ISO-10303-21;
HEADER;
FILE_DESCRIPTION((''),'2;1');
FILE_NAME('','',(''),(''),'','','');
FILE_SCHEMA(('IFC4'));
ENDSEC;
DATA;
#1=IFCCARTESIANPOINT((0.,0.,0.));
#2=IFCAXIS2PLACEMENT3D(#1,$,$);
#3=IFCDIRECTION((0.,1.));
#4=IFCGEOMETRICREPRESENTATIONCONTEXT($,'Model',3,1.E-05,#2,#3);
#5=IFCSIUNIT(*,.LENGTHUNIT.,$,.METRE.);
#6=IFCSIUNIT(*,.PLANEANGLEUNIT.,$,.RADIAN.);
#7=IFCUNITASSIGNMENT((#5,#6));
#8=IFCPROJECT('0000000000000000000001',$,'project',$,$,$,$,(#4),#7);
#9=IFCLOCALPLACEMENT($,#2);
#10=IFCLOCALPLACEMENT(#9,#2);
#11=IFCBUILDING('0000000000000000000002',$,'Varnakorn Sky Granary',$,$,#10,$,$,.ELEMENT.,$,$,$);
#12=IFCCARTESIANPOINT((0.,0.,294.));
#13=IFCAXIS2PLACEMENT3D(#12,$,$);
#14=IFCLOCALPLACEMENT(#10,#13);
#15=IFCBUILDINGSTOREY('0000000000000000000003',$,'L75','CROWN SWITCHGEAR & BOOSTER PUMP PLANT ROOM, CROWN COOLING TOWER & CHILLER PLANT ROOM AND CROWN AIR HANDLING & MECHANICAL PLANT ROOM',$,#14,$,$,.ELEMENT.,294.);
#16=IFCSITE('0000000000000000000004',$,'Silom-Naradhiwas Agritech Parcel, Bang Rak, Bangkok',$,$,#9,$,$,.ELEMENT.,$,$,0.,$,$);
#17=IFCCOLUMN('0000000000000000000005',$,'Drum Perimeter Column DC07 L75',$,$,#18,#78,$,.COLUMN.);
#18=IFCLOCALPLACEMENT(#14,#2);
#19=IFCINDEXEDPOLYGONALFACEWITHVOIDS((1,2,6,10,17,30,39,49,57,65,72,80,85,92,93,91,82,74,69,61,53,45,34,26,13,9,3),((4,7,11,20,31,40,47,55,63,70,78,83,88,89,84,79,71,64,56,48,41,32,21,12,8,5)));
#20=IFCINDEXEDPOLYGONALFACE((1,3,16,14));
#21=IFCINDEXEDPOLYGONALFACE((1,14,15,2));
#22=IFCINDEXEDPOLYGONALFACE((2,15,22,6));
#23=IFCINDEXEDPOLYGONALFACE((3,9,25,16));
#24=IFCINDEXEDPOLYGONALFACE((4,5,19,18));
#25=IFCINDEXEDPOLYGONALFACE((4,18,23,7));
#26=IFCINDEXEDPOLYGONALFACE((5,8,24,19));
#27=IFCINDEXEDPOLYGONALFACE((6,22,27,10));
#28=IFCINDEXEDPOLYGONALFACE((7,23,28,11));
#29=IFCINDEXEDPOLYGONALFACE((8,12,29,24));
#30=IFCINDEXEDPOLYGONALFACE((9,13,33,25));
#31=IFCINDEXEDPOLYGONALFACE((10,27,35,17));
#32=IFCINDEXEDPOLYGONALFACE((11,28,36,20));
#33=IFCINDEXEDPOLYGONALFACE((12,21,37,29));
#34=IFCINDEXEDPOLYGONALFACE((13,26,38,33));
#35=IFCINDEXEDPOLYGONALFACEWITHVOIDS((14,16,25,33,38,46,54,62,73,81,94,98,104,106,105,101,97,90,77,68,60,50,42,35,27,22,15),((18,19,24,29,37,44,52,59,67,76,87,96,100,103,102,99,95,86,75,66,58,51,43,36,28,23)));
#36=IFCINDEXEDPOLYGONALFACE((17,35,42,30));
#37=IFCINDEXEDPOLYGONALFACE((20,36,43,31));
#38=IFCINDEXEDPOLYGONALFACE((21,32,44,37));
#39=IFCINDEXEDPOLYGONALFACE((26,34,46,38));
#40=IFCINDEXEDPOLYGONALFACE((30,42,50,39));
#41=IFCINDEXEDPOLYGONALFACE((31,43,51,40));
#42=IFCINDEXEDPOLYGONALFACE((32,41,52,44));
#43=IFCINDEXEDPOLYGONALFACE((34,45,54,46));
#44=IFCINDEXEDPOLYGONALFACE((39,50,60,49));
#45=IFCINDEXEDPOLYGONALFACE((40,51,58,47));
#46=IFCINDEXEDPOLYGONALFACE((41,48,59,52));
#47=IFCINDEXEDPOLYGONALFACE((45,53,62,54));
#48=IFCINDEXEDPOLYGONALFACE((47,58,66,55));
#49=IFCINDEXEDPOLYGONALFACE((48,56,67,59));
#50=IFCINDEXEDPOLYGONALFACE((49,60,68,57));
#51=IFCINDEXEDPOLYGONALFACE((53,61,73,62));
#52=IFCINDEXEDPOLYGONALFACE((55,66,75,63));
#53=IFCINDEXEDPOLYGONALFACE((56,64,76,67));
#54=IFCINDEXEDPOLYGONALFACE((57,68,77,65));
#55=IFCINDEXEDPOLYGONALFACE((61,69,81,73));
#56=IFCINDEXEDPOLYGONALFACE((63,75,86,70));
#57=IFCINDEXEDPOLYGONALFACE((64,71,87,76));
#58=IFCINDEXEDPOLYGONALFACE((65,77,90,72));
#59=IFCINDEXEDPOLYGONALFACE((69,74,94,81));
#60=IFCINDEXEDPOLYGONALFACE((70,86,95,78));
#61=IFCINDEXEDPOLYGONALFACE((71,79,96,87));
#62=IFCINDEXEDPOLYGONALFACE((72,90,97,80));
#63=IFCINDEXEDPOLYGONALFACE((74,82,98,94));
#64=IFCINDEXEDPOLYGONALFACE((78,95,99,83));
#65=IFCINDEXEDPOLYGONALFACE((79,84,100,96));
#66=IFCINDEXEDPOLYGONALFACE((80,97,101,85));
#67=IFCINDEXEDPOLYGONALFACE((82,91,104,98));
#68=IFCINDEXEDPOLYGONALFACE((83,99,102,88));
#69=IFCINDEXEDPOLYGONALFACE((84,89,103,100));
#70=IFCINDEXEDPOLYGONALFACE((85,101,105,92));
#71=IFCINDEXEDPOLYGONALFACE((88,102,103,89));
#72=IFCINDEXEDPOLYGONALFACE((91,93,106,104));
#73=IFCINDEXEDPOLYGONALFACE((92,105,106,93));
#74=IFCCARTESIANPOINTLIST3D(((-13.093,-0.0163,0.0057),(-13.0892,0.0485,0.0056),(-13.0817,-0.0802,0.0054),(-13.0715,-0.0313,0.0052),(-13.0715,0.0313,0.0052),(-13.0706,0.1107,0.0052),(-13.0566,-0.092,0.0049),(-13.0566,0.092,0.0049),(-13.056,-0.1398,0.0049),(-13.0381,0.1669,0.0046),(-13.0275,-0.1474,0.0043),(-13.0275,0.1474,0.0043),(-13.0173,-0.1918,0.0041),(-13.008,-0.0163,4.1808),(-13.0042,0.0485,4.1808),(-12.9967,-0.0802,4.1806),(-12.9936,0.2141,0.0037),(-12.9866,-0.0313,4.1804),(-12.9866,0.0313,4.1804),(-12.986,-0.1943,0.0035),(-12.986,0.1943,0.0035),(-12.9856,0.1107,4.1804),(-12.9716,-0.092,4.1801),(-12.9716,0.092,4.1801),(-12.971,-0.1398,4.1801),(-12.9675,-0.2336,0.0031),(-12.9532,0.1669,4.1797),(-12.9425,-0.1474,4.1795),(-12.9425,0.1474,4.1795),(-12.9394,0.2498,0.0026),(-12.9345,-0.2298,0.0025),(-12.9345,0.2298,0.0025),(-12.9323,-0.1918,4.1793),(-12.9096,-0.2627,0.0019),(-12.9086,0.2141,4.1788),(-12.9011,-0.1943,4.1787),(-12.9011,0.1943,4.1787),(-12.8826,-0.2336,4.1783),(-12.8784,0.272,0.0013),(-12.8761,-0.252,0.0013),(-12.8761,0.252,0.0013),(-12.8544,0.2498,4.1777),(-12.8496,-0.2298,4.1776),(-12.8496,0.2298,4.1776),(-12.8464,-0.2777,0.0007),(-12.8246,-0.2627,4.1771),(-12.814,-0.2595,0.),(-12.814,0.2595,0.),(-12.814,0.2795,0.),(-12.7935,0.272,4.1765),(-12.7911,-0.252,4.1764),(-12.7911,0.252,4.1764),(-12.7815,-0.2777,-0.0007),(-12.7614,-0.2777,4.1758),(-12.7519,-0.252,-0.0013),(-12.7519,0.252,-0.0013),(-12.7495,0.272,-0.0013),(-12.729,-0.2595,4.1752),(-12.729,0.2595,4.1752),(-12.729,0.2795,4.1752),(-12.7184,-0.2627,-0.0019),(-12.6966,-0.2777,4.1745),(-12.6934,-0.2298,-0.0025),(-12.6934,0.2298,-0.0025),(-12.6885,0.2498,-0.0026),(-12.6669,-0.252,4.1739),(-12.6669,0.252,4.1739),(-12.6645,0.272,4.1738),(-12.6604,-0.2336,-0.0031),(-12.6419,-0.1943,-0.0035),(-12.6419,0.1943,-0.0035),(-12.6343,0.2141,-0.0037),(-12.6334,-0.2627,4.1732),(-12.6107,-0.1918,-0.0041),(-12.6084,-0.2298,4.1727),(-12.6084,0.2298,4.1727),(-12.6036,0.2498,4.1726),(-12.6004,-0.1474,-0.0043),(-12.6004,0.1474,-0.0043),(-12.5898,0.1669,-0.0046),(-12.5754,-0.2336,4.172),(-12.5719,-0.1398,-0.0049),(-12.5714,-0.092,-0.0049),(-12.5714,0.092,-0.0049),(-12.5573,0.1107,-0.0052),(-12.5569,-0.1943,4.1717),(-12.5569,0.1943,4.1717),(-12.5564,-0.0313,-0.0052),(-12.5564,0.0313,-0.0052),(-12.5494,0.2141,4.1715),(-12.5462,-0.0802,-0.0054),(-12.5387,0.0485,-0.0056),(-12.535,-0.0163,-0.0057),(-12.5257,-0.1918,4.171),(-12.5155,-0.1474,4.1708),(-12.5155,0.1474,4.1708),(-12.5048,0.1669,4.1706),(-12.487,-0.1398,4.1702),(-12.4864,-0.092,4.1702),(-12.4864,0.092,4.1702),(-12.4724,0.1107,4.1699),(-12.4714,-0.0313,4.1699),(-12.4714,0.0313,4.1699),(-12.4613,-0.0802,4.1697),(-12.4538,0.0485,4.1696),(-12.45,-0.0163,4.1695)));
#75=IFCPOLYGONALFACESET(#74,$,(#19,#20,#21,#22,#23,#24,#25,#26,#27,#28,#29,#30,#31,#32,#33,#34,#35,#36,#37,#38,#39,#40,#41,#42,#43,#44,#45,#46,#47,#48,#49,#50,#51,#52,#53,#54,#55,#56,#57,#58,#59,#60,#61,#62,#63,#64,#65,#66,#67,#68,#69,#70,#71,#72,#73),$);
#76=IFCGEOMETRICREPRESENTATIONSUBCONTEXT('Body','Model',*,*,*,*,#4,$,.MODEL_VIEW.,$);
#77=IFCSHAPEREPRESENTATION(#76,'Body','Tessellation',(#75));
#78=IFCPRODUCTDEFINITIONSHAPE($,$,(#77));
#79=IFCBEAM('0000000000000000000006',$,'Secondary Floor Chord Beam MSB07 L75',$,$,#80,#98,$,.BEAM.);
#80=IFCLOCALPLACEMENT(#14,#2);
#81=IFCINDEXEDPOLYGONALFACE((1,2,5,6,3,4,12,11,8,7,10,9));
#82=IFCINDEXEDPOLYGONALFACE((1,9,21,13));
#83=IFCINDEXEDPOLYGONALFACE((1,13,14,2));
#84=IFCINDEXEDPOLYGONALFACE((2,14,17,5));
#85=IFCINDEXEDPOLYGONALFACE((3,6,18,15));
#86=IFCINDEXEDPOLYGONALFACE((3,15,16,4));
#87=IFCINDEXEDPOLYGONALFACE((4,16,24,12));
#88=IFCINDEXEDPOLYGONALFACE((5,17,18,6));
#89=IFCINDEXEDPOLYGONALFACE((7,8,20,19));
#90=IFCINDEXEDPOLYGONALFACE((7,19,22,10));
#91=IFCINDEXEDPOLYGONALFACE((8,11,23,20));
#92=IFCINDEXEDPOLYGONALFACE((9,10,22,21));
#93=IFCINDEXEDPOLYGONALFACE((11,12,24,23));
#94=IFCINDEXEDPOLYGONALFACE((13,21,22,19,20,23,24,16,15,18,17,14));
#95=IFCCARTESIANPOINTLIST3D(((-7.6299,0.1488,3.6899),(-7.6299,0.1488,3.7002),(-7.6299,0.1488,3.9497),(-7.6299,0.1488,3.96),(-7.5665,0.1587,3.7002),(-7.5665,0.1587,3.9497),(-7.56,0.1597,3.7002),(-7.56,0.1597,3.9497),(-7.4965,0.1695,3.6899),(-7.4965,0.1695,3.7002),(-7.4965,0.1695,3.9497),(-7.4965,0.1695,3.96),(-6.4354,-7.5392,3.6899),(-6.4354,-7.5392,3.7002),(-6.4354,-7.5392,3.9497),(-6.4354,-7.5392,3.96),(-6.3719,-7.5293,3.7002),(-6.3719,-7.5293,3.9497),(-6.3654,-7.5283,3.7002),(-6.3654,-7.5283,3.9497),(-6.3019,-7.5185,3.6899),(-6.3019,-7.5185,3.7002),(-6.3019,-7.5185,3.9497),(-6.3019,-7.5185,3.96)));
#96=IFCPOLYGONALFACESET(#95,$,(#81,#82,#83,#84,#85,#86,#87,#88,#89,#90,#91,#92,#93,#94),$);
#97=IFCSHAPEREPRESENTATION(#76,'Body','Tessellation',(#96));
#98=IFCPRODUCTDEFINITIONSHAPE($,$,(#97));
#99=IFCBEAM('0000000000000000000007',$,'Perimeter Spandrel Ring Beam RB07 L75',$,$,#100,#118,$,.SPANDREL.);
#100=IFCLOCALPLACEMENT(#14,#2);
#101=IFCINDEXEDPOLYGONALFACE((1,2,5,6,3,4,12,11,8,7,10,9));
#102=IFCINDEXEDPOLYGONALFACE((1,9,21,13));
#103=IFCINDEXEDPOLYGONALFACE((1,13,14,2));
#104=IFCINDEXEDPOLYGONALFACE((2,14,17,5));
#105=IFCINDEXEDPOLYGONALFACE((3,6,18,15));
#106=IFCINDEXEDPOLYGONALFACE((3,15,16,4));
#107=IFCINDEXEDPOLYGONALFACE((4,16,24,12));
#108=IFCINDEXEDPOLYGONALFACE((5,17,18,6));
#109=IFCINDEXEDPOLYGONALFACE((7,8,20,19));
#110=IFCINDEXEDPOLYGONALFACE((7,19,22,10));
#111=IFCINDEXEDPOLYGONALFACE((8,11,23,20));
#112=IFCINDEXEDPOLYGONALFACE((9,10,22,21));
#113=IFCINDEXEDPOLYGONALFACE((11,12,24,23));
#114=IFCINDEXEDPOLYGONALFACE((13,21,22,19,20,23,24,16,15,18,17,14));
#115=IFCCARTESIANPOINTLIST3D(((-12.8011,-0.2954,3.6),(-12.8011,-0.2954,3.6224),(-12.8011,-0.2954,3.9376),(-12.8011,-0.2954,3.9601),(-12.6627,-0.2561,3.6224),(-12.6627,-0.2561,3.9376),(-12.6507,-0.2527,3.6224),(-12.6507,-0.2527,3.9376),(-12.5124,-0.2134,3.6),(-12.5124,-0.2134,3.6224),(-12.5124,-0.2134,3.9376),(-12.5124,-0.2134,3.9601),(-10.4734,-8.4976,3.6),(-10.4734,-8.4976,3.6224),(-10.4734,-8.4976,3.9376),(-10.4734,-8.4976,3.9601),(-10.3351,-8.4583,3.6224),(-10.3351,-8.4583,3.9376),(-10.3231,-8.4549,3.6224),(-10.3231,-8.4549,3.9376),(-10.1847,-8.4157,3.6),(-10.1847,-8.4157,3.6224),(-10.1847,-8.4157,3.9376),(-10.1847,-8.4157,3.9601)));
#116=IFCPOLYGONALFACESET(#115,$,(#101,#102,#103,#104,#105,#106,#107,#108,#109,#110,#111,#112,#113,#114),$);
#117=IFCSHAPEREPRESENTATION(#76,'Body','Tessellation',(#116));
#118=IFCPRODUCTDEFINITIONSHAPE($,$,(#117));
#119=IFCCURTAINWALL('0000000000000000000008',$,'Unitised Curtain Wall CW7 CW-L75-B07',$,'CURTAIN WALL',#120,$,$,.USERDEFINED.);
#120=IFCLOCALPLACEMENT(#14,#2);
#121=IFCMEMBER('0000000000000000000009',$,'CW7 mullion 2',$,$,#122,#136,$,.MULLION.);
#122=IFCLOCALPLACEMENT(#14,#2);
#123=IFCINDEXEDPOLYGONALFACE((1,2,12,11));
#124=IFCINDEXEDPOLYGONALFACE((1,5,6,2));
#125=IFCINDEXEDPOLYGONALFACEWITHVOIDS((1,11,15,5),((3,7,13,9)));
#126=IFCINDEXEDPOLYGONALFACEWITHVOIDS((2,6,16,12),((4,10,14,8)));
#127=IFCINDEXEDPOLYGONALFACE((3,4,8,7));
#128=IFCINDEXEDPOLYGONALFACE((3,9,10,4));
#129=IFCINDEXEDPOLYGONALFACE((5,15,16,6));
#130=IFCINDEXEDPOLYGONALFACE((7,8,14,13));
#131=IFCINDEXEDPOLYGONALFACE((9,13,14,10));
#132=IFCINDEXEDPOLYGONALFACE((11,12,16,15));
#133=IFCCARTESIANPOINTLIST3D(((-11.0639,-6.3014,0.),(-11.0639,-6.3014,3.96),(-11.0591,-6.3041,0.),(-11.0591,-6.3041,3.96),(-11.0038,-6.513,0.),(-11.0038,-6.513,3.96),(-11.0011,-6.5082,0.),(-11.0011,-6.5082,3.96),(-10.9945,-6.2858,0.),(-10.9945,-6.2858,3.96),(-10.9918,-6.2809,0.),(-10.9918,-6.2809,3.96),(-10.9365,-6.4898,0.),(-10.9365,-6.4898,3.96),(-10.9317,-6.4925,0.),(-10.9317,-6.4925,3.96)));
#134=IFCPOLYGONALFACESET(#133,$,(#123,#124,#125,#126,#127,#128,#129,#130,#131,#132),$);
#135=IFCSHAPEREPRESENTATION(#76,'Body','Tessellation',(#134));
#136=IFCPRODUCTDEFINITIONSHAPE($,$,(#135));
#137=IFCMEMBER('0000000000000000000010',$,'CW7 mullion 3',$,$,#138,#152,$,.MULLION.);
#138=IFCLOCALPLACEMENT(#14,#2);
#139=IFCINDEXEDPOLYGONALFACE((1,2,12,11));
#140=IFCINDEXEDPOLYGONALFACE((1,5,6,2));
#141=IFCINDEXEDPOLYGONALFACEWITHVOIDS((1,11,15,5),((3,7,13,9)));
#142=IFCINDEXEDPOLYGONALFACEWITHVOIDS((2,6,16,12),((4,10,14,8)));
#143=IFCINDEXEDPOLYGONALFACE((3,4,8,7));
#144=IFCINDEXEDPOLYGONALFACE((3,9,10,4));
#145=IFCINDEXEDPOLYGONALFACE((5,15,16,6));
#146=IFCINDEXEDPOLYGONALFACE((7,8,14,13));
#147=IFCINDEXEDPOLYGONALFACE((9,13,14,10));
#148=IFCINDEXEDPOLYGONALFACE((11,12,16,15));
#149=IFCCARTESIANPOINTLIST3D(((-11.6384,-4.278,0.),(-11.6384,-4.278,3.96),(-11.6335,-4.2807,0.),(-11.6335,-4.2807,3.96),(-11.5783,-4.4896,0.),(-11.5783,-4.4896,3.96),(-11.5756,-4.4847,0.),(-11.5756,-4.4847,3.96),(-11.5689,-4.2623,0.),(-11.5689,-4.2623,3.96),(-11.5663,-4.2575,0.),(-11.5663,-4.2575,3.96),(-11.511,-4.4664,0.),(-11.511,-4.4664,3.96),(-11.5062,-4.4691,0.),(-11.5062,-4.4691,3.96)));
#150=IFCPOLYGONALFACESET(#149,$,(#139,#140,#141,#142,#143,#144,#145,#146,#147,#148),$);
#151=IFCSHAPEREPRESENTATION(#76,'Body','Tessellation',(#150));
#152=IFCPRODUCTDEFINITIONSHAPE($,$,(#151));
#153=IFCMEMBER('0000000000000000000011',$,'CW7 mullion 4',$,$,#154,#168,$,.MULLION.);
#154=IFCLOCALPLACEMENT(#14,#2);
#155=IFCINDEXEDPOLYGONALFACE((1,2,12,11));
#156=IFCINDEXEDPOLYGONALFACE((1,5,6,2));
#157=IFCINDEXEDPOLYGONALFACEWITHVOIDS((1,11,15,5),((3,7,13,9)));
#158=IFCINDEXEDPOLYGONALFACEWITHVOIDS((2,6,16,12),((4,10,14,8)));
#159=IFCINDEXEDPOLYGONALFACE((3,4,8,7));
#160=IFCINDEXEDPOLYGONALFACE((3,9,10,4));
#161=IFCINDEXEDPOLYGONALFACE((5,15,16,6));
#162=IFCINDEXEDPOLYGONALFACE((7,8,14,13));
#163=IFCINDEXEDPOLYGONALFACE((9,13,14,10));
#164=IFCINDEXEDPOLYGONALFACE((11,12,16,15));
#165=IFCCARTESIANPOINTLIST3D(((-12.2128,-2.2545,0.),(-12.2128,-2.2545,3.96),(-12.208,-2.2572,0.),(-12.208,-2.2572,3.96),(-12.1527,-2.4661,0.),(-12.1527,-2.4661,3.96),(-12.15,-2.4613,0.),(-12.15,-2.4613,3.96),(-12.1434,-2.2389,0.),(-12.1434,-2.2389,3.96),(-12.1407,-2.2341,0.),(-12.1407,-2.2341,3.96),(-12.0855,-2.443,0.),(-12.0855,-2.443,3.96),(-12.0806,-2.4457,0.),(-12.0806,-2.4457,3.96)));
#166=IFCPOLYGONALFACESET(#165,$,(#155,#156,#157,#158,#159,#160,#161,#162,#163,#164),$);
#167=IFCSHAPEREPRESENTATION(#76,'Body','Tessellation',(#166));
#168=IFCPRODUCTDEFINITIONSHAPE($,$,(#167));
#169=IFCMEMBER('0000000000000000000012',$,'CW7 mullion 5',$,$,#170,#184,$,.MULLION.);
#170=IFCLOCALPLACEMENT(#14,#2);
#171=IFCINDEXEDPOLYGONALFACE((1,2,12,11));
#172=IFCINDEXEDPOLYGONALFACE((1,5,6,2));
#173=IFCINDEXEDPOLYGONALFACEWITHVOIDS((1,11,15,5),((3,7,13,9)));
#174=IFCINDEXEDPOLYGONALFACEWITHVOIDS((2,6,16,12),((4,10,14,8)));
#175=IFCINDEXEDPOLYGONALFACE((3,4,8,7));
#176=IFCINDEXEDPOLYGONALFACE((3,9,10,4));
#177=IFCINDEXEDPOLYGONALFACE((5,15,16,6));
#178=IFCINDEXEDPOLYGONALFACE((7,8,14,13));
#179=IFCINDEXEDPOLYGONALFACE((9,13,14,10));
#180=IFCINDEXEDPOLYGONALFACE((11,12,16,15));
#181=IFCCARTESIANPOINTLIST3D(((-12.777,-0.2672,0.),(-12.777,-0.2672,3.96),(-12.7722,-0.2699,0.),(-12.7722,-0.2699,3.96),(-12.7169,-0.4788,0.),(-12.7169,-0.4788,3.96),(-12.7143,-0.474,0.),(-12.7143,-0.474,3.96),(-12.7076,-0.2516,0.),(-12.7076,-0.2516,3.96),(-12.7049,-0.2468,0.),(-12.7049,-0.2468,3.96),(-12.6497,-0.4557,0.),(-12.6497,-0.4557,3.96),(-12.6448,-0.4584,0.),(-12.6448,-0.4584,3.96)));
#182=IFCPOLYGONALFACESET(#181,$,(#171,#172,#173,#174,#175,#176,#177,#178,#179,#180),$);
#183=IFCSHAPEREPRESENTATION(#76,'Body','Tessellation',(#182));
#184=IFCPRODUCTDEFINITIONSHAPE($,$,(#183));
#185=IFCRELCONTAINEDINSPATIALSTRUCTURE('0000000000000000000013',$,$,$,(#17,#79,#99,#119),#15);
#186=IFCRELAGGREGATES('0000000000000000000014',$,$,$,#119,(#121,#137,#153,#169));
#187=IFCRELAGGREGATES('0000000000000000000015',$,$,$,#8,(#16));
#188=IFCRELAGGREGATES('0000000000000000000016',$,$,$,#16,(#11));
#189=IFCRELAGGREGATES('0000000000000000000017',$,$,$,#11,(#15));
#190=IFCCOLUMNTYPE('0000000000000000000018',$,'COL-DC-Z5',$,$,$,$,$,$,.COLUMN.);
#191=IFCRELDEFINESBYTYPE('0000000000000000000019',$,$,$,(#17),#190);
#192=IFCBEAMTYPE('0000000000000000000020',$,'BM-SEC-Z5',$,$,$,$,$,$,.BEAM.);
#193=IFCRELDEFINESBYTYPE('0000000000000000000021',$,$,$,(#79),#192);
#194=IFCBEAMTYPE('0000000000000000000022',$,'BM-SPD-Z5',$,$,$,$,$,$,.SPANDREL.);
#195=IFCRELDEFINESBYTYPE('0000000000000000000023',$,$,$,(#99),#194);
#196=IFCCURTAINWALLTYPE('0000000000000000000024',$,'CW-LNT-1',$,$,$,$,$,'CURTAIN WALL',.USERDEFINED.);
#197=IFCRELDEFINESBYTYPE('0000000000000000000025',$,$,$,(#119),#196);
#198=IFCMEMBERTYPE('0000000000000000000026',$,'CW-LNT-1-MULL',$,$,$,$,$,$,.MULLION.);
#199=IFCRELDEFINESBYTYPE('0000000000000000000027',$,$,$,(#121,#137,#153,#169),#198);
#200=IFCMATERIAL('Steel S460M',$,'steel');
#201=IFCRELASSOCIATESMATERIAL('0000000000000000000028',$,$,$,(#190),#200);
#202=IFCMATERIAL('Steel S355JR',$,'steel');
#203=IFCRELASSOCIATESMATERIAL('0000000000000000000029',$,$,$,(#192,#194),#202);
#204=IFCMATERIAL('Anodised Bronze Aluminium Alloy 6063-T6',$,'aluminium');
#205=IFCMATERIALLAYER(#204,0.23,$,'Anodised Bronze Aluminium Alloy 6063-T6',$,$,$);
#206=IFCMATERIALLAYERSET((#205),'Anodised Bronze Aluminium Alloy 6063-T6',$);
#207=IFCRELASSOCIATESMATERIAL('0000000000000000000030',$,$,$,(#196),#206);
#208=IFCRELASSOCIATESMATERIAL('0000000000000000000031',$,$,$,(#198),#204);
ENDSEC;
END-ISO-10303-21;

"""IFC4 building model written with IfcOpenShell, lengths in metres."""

from ifc_helpers import new_model, si_unit, direction, frame, origin, origin_2d, place, context, subcontext, project, spatial, hollow_rectangle, hollow_circle, i_section, extrude, material, layer, layer_set, material_profile, profile_set, type_object, element, aggregate, save


model = new_model("IFC4")

# Units and contexts
model_context = context("Model", 3, precision=1e-05, world=origin(), true_north=direction((0.0, 1.0)))
body_context = subcontext(model_context, "Body", "Model", "MODEL_VIEW")
ifc_project = project(units=[si_unit("LENGTHUNIT", "METRE"), si_unit("PLANEANGLEUNIT", "RADIAN")], contexts=[model_context])

# Site, building, storey
site_placement = place(None, origin())
site = spatial("IfcSite", under=ifc_project, at=site_placement, Name="Silom-Naradhiwas Agritech Parcel, Bang Rak, Bangkok", CompositionType="ELEMENT", RefElevation=0.0)
building_placement = place(site_placement, origin())
building = spatial("IfcBuilding", under=site, at=building_placement, Name="Varnakorn Sky Granary", CompositionType="ELEMENT")
storey_placement = place(building_placement, frame((0.0, 0.0, 294.0)))
storey = spatial("IfcBuildingStorey", under=building, at=storey_placement, Name="L75", Description="CROWN SWITCHGEAR & BOOSTER PUMP PLANT ROOM, CROWN COOLING TOWER & CHILLER PLANT ROOM AND CROWN AIR HANDLING & MECHANICAL PLANT ROOM", CompositionType="ELEMENT", Elevation=294.0)

# Column
ifc_material_1 = material(Name="Steel S460M", Category="steel")
ifc_material_profile_1 = material_profile(ifc_material_1, hollow_circle(Radius=0.2795, WallThickness=0.02, at=origin_2d()), Name="CHS 559x20")
ifc_profile_set_1 = profile_set([ifc_material_profile_1], Name="Steel S460M")
column_type = type_object("IfcColumnType", Name="COL-DC-Z5", PredefinedType="COLUMN", material=ifc_profile_set_1)
column_placement = place(storey_placement, frame((-12.814, 0.0, 0.0), z_axis=(0.020345, 0.0, 0.999793), x_axis=(0.0, 1.0, 0.0)))
element("IfcColumn", 1, at=column_placement, inside=storey, type_object=column_type, Name="Drum Perimeter Column DC07 L75", PredefinedType="COLUMN", context=body_context, shape_type="SweptSolid", body=[
    extrude(hollow_circle(Radius=0.2795, WallThickness=0.02, at=origin_2d()), origin(), (0.0, 0.0, 1.0), 4.176),
])

# Beams
ifc_material_2 = material(Name="Steel S355JR", Category="steel")
ifc_material_profile_2 = material_profile(ifc_material_2, i_section(OverallWidth=0.135, OverallDepth=0.27, WebThickness=0.0066, FlangeThickness=0.0103, at=origin_2d()), Name="IPE 270")
ifc_profile_set_2 = profile_set([ifc_material_profile_2], Name="Steel S355JR")
beam_type_1 = type_object("IfcBeamType", Name="BM-SEC-Z5", PredefinedType="BEAM", material=ifc_profile_set_2)
beam_1_placement = place(storey_placement, frame((-7.5632, 0.1592, 3.825), z_axis=(0.15354, -0.988142, 0.0), x_axis=(0.988142, 0.15354, 0.0)))
element("IfcBeam", 2, at=beam_1_placement, inside=storey, type_object=beam_type_1, Name="Secondary Floor Chord Beam MSB07 L75", PredefinedType="BEAM", context=body_context, shape_type="SweptSolid", body=[
    extrude(i_section(OverallWidth=0.135, OverallDepth=0.27, WebThickness=0.0066, FlangeThickness=0.0103, at=origin_2d()), origin(), (0.0, 0.0, 1.0), 7.7803),
])
ifc_material_profile_3 = material_profile(ifc_material_2, i_section(OverallWidth=0.3, OverallDepth=0.3601, WebThickness=0.0125, FlangeThickness=0.0225, at=origin_2d()), Name="HE 360 B")
ifc_profile_set_3 = profile_set([ifc_material_profile_3], Name="Steel S355JR")
beam_type_2 = type_object("IfcBeamType", Name="BM-SPD-Z5", PredefinedType="SPANDREL", material=ifc_profile_set_3)
beam_2_placement = place(storey_placement, frame((-12.6567, -0.2544, 3.78), z_axis=(0.273004, -0.962013, 0.0), x_axis=(0.962013, 0.273004, 0.0)))
element("IfcBeam", 3, at=beam_2_placement, inside=storey, type_object=beam_type_2, Name="Perimeter Spandrel Ring Beam RB07 L75", PredefinedType="SPANDREL", context=body_context, shape_type="SweptSolid", body=[
    extrude(i_section(OverallWidth=0.3, OverallDepth=0.3601, WebThickness=0.0125, FlangeThickness=0.0225, at=origin_2d()), origin(), (0.0, 0.0, 1.0), 8.5261),
])

# Curtain wall, members
ifc_material_3 = material(Name="Anodised Bronze Aluminium Alloy 6063-T6", Category="aluminium")
ifc_layer_1 = layer(ifc_material_3, 0.23, Name="Anodised Bronze Aluminium Alloy 6063-T6")
ifc_layer_set_1 = layer_set([ifc_layer_1], Name="Anodised Bronze Aluminium Alloy 6063-T6")
curtain_wall_type = type_object("IfcCurtainWallType", Name="CW-LNT-1", ElementType="CURTAIN WALL", PredefinedType="USERDEFINED", material=ifc_layer_set_1)
curtain_wall_placement = place(storey_placement, origin())
curtain_wall = element("IfcCurtainWall", 4, at=curtain_wall_placement, inside=storey, type_object=curtain_wall_type, Name="Unitised Curtain Wall CW7 CW-L75-B07", ObjectType="CURTAIN WALL", PredefinedType="USERDEFINED")
ifc_material_profile_4 = material_profile(ifc_material_3, hollow_rectangle(XDim=0.075, YDim=0.22, WallThickness=0.0039, at=origin_2d()), Name="ALU MULL 75x220")
ifc_profile_set_4 = profile_set([ifc_material_profile_4], Name="Anodised Bronze Aluminium Alloy 6063-T6")
member_type_1 = type_object("IfcMemberType", Name="CW-LNT-1-MULL", PredefinedType="MULLION", material=ifc_profile_set_4)
member_1_placement = place(storey_placement, frame((-10.9978, -6.397, 0.0), z_axis=(0.0, 0.0, 1.0), x_axis=(-0.961978, -0.273126, 0.0)))
member_1 = element("IfcMember", 5, at=member_1_placement, type_object=member_type_1, Name="CW7 mullion 2", PredefinedType="MULLION", context=body_context, shape_type="SweptSolid", body=[
    extrude(hollow_rectangle(XDim=0.075, YDim=0.22, WallThickness=0.0039, at=origin_2d()), origin(), (0.0, 0.0, 1.0), 3.96),
])
member_2_placement = place(storey_placement, frame((-11.5723, -4.3735, 0.0), z_axis=(0.0, 0.0, 1.0), x_axis=(-0.961978, -0.273126, 0.0)))
member_2 = element("IfcMember", 6, at=member_2_placement, type_object=member_type_1, Name="CW7 mullion 3", PredefinedType="MULLION", context=body_context, shape_type="SweptSolid", body=[
    extrude(hollow_rectangle(XDim=0.075, YDim=0.22, WallThickness=0.0039, at=origin_2d()), origin(), (0.0, 0.0, 1.0), 3.96),
])
member_3_placement = place(storey_placement, frame((-12.1467, -2.3501, 0.0), z_axis=(0.0, 0.0, 1.0), x_axis=(-0.961978, -0.273126, 0.0)))
member_3 = element("IfcMember", 7, at=member_3_placement, type_object=member_type_1, Name="CW7 mullion 4", PredefinedType="MULLION", context=body_context, shape_type="SweptSolid", body=[
    extrude(hollow_rectangle(XDim=0.075, YDim=0.22, WallThickness=0.0039, at=origin_2d()), origin(), (0.0, 0.0, 1.0), 3.96),
])
member_4_placement = place(storey_placement, frame((-12.7109, -0.3628, 0.0), z_axis=(0.0, 0.0, 1.0), x_axis=(-0.961978, -0.273126, 0.0)))
member_4 = element("IfcMember", 8, at=member_4_placement, type_object=member_type_1, Name="CW7 mullion 5", PredefinedType="MULLION", context=body_context, shape_type="SweptSolid", body=[
    extrude(hollow_rectangle(XDim=0.075, YDim=0.22, WallThickness=0.0039, at=origin_2d()), origin(), (0.0, 0.0, 1.0), 3.96),
])

aggregate(curtain_wall, [member_1, member_2, member_3, member_4])

save(model, "model.ifc")
